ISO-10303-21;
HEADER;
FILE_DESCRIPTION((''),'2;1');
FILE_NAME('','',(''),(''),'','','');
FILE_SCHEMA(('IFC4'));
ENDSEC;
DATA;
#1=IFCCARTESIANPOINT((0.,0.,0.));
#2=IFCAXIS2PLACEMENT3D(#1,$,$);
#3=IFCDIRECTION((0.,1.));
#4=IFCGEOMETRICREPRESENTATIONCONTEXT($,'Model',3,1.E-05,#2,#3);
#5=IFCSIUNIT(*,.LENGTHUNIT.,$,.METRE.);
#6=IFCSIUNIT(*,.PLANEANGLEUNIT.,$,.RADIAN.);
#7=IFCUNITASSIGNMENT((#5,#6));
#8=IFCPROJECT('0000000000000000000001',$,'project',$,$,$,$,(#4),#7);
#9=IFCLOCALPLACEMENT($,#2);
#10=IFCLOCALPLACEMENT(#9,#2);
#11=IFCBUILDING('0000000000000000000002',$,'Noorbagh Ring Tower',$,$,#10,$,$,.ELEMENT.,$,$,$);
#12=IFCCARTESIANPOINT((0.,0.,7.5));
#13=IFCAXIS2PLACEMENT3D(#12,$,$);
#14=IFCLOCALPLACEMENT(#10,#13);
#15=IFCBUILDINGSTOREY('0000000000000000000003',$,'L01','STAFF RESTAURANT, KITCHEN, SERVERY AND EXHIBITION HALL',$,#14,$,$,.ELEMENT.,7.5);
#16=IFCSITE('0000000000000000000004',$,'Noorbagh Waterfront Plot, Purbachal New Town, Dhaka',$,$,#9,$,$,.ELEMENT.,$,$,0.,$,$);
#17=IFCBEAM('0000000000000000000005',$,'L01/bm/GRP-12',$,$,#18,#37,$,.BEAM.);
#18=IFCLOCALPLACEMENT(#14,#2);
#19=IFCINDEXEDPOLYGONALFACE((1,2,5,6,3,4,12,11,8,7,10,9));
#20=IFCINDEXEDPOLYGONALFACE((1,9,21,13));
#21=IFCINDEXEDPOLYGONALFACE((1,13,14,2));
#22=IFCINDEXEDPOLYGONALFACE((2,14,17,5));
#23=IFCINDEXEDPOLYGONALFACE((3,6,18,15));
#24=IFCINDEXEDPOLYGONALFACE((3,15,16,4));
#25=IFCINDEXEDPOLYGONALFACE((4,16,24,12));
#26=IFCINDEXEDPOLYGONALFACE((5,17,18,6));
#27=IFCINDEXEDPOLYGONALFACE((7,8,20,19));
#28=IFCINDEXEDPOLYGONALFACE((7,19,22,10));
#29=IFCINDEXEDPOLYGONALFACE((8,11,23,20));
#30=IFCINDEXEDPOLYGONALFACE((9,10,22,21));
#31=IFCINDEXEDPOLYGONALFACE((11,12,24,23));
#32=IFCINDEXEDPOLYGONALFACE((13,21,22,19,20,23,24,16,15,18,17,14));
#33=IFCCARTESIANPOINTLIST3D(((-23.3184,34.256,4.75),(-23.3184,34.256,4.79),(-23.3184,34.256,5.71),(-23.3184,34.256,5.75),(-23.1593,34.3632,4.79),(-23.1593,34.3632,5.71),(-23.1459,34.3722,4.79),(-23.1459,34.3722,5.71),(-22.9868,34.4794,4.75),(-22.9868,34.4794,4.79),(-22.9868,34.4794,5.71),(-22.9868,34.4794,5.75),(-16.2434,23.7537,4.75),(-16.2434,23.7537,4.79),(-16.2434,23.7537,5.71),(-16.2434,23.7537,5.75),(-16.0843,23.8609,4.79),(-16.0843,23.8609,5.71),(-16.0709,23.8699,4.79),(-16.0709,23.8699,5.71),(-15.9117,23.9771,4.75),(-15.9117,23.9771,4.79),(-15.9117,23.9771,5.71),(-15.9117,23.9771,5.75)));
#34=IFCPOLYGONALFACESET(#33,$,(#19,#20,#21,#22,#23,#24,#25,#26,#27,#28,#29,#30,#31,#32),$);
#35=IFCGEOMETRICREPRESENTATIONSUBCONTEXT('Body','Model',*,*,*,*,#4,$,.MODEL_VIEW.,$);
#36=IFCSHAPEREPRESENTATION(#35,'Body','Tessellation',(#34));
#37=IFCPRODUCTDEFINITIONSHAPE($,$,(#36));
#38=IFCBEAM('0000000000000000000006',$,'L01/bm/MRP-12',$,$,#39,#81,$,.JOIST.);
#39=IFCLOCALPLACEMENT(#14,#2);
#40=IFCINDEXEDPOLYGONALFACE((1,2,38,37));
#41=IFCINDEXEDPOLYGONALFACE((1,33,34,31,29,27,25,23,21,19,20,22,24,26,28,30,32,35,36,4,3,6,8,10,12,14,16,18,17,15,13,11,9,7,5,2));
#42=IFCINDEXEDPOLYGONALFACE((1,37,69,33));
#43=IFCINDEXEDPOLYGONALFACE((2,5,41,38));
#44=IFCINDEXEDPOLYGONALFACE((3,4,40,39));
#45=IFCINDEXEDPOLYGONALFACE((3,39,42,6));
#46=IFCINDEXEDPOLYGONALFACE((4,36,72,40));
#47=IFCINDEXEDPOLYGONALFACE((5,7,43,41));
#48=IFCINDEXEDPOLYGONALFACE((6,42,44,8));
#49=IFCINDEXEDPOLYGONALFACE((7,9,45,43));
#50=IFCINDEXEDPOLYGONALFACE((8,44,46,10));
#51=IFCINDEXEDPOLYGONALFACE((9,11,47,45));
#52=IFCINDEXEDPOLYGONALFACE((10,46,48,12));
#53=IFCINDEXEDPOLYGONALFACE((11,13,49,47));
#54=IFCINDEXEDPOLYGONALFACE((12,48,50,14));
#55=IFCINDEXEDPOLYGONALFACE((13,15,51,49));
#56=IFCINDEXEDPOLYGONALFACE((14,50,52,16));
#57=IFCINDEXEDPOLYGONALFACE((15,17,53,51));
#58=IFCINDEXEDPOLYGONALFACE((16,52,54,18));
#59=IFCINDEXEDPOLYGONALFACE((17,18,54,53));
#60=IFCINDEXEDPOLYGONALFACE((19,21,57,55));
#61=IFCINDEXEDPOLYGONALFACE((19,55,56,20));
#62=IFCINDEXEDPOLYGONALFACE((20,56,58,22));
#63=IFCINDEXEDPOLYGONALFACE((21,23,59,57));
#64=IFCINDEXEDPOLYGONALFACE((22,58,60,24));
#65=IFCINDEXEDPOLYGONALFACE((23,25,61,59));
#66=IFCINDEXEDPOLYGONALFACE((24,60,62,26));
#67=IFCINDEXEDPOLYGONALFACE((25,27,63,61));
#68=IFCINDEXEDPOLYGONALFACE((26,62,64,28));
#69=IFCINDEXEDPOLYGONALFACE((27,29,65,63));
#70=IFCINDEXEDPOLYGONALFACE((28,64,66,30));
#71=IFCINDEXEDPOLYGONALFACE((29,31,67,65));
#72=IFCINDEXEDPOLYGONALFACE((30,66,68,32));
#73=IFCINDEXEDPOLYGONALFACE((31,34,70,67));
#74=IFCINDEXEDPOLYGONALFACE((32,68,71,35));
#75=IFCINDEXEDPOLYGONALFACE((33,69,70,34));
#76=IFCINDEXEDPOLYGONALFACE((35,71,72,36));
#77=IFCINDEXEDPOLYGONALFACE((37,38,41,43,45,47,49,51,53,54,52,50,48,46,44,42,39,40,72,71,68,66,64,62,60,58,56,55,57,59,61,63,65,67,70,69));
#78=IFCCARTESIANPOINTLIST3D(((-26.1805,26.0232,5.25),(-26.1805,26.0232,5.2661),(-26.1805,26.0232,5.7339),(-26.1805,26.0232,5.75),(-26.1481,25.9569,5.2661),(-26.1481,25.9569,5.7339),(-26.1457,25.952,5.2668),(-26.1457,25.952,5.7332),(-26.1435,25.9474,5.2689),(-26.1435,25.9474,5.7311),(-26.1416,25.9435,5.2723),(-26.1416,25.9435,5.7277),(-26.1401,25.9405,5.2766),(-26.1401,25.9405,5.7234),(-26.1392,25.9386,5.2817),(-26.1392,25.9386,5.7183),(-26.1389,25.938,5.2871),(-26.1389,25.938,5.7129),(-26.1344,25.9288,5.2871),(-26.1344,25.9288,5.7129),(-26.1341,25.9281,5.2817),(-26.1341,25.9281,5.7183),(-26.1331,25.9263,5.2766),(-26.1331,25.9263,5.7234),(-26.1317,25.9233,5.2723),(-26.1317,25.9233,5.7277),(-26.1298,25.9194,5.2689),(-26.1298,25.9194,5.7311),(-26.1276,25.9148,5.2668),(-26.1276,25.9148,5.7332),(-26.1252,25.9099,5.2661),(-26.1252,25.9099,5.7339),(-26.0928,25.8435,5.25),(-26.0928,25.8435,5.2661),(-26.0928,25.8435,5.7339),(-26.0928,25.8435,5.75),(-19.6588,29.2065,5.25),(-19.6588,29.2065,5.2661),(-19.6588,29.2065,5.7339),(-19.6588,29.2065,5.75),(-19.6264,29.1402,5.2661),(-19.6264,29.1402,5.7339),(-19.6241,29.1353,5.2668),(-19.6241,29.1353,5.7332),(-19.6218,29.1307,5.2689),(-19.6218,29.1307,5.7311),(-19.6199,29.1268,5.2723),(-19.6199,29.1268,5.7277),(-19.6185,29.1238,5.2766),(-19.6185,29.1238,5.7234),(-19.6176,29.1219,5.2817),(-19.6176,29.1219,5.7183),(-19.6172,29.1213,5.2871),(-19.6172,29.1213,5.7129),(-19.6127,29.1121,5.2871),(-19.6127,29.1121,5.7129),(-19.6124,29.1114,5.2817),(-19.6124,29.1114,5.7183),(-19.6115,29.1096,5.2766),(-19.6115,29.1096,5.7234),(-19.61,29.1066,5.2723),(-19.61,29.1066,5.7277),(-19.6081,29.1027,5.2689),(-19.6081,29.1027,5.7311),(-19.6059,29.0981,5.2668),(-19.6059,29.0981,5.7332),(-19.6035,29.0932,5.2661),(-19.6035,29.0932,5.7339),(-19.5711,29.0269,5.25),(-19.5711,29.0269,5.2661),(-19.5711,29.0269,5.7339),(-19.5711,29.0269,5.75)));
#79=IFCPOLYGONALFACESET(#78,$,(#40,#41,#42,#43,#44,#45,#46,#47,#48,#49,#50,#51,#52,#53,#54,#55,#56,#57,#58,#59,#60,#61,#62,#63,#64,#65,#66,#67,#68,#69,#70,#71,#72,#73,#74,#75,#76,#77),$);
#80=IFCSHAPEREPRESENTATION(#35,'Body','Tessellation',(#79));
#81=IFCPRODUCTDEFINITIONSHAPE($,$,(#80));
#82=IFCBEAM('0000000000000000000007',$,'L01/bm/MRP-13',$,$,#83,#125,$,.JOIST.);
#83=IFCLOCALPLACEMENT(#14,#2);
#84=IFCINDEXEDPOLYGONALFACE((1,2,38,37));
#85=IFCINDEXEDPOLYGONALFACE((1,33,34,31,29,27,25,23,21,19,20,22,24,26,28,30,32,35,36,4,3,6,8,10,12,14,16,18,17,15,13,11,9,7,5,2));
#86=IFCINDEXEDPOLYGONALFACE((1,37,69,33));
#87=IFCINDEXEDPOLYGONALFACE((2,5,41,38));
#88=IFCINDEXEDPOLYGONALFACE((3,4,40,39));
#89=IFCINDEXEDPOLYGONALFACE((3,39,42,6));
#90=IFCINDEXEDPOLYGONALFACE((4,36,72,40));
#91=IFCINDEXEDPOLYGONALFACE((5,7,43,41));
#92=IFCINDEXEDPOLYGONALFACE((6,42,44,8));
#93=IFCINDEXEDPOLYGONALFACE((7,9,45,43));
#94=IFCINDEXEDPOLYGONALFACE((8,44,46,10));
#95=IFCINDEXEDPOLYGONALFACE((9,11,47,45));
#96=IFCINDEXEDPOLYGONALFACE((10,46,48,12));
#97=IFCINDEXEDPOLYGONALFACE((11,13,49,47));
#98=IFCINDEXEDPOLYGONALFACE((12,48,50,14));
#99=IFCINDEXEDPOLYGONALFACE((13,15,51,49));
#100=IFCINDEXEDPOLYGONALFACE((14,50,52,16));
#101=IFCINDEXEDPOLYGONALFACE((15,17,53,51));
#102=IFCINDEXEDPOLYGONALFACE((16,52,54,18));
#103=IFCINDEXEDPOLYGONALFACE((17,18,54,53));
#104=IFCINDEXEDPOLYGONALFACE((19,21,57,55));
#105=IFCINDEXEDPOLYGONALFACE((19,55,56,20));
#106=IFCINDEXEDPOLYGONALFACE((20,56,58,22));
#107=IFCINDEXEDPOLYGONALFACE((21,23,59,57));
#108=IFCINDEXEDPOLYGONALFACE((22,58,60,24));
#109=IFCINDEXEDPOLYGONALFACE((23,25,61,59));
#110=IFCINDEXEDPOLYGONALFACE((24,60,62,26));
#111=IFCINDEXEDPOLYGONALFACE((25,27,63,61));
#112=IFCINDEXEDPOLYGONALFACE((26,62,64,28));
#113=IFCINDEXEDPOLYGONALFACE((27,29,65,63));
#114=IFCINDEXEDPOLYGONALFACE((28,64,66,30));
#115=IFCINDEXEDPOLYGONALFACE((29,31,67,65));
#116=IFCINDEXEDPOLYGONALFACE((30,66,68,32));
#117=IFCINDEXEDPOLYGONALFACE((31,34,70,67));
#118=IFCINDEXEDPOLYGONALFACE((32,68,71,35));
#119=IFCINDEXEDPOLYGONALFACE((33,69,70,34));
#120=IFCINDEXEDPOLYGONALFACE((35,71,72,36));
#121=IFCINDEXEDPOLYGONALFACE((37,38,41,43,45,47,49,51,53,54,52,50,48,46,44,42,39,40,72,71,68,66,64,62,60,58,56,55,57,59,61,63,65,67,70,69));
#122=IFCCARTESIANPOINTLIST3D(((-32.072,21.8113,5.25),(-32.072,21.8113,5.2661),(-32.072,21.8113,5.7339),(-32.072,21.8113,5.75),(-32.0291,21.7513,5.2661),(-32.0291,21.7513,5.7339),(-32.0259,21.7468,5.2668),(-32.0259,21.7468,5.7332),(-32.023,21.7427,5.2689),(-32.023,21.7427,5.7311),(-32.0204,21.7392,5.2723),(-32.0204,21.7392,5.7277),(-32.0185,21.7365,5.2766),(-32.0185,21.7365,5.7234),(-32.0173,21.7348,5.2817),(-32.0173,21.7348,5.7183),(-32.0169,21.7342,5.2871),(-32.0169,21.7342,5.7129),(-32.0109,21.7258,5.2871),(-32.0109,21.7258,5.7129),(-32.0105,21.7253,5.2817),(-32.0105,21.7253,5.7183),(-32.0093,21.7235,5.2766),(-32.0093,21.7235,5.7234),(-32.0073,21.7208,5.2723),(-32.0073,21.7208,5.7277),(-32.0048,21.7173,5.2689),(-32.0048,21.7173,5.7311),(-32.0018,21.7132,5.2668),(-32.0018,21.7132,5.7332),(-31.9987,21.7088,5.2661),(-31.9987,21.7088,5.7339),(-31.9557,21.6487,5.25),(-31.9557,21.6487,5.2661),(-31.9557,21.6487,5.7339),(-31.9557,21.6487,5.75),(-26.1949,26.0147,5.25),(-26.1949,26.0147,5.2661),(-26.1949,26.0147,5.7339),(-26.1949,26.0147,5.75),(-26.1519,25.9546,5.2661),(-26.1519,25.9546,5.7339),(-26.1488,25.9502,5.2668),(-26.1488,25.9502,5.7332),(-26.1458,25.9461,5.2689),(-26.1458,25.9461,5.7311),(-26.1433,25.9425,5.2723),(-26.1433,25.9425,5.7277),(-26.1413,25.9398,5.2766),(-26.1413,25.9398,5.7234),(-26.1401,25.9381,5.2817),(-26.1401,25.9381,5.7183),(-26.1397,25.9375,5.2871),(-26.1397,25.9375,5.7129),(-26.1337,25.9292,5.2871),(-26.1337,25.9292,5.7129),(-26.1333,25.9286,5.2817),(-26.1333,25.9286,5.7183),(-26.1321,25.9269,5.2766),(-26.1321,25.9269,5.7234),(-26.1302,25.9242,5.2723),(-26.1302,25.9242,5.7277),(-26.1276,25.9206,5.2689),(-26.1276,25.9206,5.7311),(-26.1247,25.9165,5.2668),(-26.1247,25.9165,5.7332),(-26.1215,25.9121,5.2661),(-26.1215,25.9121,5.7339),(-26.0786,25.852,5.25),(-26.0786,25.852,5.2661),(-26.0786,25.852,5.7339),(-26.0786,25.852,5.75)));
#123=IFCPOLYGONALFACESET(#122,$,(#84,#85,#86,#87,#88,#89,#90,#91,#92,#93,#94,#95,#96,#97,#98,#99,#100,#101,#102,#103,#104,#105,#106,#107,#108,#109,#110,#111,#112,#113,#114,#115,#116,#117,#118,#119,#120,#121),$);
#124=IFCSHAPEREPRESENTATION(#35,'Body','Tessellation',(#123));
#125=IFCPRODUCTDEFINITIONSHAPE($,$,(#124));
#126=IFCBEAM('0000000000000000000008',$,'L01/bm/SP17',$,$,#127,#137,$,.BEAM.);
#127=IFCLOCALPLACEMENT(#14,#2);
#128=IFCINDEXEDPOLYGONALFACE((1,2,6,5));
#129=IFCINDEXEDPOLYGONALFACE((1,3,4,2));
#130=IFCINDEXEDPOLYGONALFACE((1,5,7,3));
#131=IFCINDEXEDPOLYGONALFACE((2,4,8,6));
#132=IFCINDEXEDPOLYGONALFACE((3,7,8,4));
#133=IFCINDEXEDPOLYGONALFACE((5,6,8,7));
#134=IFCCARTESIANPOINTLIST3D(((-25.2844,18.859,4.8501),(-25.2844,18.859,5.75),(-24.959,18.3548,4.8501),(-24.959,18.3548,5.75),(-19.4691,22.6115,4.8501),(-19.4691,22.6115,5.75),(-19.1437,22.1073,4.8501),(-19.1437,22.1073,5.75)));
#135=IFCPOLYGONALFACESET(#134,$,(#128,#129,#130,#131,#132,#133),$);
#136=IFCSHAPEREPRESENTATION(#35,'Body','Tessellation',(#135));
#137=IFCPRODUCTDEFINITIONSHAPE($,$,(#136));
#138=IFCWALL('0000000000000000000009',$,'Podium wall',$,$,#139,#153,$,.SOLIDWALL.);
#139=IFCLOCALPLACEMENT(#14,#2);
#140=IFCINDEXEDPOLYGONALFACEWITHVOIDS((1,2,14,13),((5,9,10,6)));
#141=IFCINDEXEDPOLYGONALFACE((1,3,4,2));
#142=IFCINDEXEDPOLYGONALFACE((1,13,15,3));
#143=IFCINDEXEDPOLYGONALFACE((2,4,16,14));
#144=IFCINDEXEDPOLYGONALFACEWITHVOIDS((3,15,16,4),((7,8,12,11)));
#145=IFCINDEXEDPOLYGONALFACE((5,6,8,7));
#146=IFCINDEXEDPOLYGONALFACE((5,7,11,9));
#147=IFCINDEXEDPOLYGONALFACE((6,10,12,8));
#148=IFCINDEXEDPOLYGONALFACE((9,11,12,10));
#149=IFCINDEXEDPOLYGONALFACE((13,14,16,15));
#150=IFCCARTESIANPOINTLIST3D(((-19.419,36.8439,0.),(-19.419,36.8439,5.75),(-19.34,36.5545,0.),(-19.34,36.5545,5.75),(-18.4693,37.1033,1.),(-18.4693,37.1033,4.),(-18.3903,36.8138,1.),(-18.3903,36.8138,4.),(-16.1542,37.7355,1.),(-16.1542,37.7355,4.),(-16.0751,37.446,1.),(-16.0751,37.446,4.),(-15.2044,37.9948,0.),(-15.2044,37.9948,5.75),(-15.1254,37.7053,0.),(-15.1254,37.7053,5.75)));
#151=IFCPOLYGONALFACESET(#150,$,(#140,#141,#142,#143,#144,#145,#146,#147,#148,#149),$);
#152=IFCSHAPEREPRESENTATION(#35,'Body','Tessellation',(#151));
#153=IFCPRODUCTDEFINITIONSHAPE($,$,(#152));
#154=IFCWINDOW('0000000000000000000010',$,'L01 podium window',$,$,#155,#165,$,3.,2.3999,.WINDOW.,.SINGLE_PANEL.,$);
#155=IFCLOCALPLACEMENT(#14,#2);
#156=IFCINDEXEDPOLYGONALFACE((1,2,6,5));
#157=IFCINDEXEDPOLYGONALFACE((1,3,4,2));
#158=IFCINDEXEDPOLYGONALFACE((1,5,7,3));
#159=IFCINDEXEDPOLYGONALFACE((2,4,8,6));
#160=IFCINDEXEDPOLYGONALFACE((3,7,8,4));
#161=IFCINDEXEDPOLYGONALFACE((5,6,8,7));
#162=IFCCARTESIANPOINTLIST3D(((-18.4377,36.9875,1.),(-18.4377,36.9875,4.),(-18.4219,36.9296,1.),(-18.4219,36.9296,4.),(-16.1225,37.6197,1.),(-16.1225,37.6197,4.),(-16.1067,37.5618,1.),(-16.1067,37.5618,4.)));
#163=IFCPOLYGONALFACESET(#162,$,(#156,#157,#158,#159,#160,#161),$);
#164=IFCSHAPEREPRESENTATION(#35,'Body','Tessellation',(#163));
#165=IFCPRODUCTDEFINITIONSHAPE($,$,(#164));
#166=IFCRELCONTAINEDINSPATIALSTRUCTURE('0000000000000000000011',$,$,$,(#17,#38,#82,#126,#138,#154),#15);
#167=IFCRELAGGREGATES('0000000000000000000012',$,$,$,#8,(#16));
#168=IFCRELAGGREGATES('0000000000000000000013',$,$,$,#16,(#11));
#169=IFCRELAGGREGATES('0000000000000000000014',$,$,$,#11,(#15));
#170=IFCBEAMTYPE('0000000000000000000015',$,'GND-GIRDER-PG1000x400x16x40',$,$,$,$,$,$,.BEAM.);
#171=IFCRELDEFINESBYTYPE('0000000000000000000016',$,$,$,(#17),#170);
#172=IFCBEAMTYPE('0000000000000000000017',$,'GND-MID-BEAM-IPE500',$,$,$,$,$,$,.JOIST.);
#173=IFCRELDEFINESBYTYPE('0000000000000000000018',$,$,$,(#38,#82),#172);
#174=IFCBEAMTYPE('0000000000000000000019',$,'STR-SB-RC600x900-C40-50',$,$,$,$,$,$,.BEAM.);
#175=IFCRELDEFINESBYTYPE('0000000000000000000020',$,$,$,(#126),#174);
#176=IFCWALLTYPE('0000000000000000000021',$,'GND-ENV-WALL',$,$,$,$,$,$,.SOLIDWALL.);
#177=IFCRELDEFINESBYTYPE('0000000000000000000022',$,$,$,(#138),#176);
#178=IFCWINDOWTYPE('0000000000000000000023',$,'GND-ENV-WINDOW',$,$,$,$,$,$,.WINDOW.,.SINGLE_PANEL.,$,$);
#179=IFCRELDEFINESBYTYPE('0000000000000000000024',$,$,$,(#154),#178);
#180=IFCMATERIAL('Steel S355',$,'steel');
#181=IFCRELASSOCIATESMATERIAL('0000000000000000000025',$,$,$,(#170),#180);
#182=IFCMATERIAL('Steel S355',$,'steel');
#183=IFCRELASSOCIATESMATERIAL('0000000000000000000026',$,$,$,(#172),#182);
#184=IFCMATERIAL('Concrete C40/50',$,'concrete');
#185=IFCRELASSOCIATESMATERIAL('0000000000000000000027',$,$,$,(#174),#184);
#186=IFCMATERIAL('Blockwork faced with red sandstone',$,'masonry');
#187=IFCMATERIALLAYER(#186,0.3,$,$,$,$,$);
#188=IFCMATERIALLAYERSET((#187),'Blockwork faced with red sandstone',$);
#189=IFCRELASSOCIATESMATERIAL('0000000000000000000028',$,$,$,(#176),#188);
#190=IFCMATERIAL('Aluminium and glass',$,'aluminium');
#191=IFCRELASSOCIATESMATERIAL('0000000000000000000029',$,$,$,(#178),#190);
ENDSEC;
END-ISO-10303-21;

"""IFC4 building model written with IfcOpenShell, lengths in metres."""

from ifc_helpers import new_model, si_unit, direction, frame, frame_2d, origin, origin_2d, place, context, subcontext, project, spatial, rectangle, i_section, extrude, material, layer, layer_set, material_profile, profile_set, type_object, element, fill, save


model = new_model("IFC4")

# Units and contexts
model_context = context("Model", 3, precision=1e-05, world=origin(), true_north=direction((0.0, 1.0)))
body_context = subcontext(model_context, "Body", "Model", "MODEL_VIEW")
ifc_project = project(units=[si_unit("LENGTHUNIT", "METRE"), si_unit("PLANEANGLEUNIT", "RADIAN")], contexts=[model_context])

# Site, building, storey
site_placement = place(None, origin())
site = spatial("IfcSite", under=ifc_project, at=site_placement, Name="Noorbagh Waterfront Plot, Purbachal New Town, Dhaka", CompositionType="ELEMENT", RefElevation=0.0)
building_placement = place(site_placement, origin())
building = spatial("IfcBuilding", under=site, at=building_placement, Name="Noorbagh Ring Tower", CompositionType="ELEMENT")
storey_placement = place(building_placement, frame((0.0, 0.0, 7.5)))
storey = spatial("IfcBuildingStorey", under=building, at=storey_placement, Name="L01", Description="STAFF RESTAURANT, KITCHEN, SERVERY AND EXHIBITION HALL", CompositionType="ELEMENT", Elevation=7.5)

# Beams
ifc_material_1 = material(Name="Steel S355", Category="steel")
ifc_material_profile_1 = material_profile(ifc_material_1, i_section(OverallWidth=0.3999, OverallDepth=1.0, WebThickness=0.0161, FlangeThickness=0.04, at=origin_2d()), Name="PG1000x400x16x40")
ifc_profile_set_1 = profile_set([ifc_material_profile_1], Name="Steel S355")
beam_type_1 = type_object("IfcBeamType", Name="GND-GIRDER-PG1000x400x16x40", PredefinedType="BEAM", material=ifc_profile_set_1)
beam_1_placement = place(storey_placement, frame((-23.1526, 34.3677, 5.25), z_axis=(0.558711, -0.829362, 0.0), x_axis=(0.829362, 0.558711, 0.0)))
element("IfcBeam", 1, at=beam_1_placement, inside=storey, type_object=beam_type_1, Name="L01/bm/GRP-12", PredefinedType="BEAM", context=body_context, shape_type="SweptSolid", body=[
    extrude(i_section(OverallWidth=0.3999, OverallDepth=1.0, WebThickness=0.0161, FlangeThickness=0.04, at=origin_2d()), origin(), (0.0, 0.0, 1.0), 12.6631),
])
ifc_material_2 = material(Name="Steel S355", Category="steel")
ifc_material_profile_2 = material_profile(ifc_material_2, i_section(OverallWidth=0.2, OverallDepth=0.5, WebThickness=0.0103, FlangeThickness=0.0161, FilletRadius=0.021, at=origin_2d()), Name="IPE500")
ifc_profile_set_2 = profile_set([ifc_material_profile_2], Name="Steel S355")
beam_type_2 = type_object("IfcBeamType", Name="GND-MID-BEAM-IPE500", PredefinedType="JOIST", material=ifc_profile_set_2)
beam_2_placement = place(storey_placement, frame((-19.615, 29.1167, 5.5), z_axis=(-0.898659, -0.438648, 0.0), x_axis=(0.438648, -0.898659, 0.0)))
element("IfcBeam", 2, at=beam_2_placement, inside=storey, type_object=beam_type_2, Name="L01/bm/MRP-12", PredefinedType="JOIST", context=body_context, shape_type="SweptSolid", body=[
    extrude(i_section(OverallWidth=0.2, OverallDepth=0.5, WebThickness=0.0103, FlangeThickness=0.0161, FilletRadius=0.021, at=origin_2d()), origin(), (0.0, 0.0, 1.0), 7.2571),
])
beam_3_placement = place(storey_placement, frame((-26.1367, 25.9333, 5.5), z_axis=(-0.813382, -0.58173, 0.0), x_axis=(0.58173, -0.813382, 0.0)))
element("IfcBeam", 3, at=beam_3_placement, inside=storey, type_object=beam_type_2, Name="L01/bm/MRP-13", PredefinedType="JOIST", context=body_context, shape_type="SweptSolid", body=[
    extrude(i_section(OverallWidth=0.2, OverallDepth=0.5, WebThickness=0.0103, FlangeThickness=0.0161, FilletRadius=0.021, at=origin_2d()), origin(), (0.0, 0.0, 1.0), 7.2256),
])
ifc_material_3 = material(Name="Concrete C40/50", Category="concrete")
ifc_material_profile_3 = material_profile(ifc_material_3, rectangle(XDim=0.6001, YDim=0.8999, at=origin_2d()), Name="RC600x900")
ifc_profile_set_3 = profile_set([ifc_material_profile_3], Name="Concrete C40/50")
beam_type_3 = type_object("IfcBeamType", Name="STR-SB-RC600x900-C40-50", PredefinedType="BEAM", material=ifc_profile_set_3)
beam_4_placement = place(storey_placement, frame((-19.3064, 22.3594, 5.3), z_axis=(-0.84025, -0.542199, 0.0), x_axis=(0.542199, -0.84025, 0.0)))
element("IfcBeam", 4, at=beam_4_placement, inside=storey, type_object=beam_type_3, Name="L01/bm/SP17", PredefinedType="BEAM", context=body_context, shape_type="SweptSolid", body=[
    extrude(rectangle(XDim=0.6001, YDim=0.8999, at=origin_2d()), origin(), (0.0, 0.0, 1.0), 6.9209),
])

# Wall, opening, window
ifc_material_4 = material(Name="Blockwork faced with red sandstone", Category="masonry")
ifc_layer = layer(ifc_material_4, 0.3)
ifc_layer_set = layer_set([ifc_layer], Name="Blockwork faced with red sandstone")
wall_type = type_object("IfcWallType", Name="GND-ENV-WALL", PredefinedType="SOLIDWALL", material=ifc_layer_set)
wall_1_placement = place(storey_placement, frame((-15.1648, 37.8501, 0.0), z_axis=(0.0, 0.0, 1.0), x_axis=(-0.96468, -0.263425, 0.0)))
wall_1 = element("IfcWall", 5, at=wall_1_placement, inside=storey, type_object=wall_type, Name="Podium wall", PredefinedType="SOLIDWALL", context=body_context, shape_type="SweptSolid", body=[
    extrude(rectangle(XDim=4.3689, YDim=0.3, at=frame_2d((2.1846, 0.0))), origin(), (0.0, 0.0, 1.0), 5.75),
])
opening_1_placement = place(wall_1_placement, frame((0.9846, 0.0, 1.0)))
opening_1 = element("IfcOpeningElement", 6, at=opening_1_placement, cuts=wall_1, PredefinedType="OPENING", context=body_context, shape_type="SweptSolid", body=[
    extrude(rectangle(XDim=2.3999, YDim=3.0, at=frame_2d((1.2, 1.5))), frame((0.0, 0.1602, 0.0), z_axis=(0.0, -1.0, 0.0), x_axis=(1.0, 0.0, 0.0)), (0.0, 0.0, 1.0), 0.3201),
])
ifc_material_5 = material(Name="Aluminium and glass", Category="aluminium")
window_type = type_object("IfcWindowType", Name="GND-ENV-WINDOW", PartitioningType="SINGLE_PANEL", PredefinedType="WINDOW", material=ifc_material_5)
window_1_placement = place(opening_1_placement, origin())
window_1 = element("IfcWindow", 7, at=window_1_placement, inside=storey, type_object=window_type, Name="L01 podium window", OverallHeight=3.0, OverallWidth=2.3999, PartitioningType="SINGLE_PANEL", PredefinedType="WINDOW", context=body_context, shape_type="SweptSolid", body=[
    extrude(rectangle(XDim=2.3999, YDim=3.0, at=frame_2d((1.2, 1.5))), frame((0.0, 0.03, 0.0), z_axis=(0.0, -1.0, 0.0), x_axis=(1.0, 0.0, 0.0)), (0.0, 0.0, 1.0), 0.0601),
])
fill(opening_1, window_1)

save(model, "model.ifc")
